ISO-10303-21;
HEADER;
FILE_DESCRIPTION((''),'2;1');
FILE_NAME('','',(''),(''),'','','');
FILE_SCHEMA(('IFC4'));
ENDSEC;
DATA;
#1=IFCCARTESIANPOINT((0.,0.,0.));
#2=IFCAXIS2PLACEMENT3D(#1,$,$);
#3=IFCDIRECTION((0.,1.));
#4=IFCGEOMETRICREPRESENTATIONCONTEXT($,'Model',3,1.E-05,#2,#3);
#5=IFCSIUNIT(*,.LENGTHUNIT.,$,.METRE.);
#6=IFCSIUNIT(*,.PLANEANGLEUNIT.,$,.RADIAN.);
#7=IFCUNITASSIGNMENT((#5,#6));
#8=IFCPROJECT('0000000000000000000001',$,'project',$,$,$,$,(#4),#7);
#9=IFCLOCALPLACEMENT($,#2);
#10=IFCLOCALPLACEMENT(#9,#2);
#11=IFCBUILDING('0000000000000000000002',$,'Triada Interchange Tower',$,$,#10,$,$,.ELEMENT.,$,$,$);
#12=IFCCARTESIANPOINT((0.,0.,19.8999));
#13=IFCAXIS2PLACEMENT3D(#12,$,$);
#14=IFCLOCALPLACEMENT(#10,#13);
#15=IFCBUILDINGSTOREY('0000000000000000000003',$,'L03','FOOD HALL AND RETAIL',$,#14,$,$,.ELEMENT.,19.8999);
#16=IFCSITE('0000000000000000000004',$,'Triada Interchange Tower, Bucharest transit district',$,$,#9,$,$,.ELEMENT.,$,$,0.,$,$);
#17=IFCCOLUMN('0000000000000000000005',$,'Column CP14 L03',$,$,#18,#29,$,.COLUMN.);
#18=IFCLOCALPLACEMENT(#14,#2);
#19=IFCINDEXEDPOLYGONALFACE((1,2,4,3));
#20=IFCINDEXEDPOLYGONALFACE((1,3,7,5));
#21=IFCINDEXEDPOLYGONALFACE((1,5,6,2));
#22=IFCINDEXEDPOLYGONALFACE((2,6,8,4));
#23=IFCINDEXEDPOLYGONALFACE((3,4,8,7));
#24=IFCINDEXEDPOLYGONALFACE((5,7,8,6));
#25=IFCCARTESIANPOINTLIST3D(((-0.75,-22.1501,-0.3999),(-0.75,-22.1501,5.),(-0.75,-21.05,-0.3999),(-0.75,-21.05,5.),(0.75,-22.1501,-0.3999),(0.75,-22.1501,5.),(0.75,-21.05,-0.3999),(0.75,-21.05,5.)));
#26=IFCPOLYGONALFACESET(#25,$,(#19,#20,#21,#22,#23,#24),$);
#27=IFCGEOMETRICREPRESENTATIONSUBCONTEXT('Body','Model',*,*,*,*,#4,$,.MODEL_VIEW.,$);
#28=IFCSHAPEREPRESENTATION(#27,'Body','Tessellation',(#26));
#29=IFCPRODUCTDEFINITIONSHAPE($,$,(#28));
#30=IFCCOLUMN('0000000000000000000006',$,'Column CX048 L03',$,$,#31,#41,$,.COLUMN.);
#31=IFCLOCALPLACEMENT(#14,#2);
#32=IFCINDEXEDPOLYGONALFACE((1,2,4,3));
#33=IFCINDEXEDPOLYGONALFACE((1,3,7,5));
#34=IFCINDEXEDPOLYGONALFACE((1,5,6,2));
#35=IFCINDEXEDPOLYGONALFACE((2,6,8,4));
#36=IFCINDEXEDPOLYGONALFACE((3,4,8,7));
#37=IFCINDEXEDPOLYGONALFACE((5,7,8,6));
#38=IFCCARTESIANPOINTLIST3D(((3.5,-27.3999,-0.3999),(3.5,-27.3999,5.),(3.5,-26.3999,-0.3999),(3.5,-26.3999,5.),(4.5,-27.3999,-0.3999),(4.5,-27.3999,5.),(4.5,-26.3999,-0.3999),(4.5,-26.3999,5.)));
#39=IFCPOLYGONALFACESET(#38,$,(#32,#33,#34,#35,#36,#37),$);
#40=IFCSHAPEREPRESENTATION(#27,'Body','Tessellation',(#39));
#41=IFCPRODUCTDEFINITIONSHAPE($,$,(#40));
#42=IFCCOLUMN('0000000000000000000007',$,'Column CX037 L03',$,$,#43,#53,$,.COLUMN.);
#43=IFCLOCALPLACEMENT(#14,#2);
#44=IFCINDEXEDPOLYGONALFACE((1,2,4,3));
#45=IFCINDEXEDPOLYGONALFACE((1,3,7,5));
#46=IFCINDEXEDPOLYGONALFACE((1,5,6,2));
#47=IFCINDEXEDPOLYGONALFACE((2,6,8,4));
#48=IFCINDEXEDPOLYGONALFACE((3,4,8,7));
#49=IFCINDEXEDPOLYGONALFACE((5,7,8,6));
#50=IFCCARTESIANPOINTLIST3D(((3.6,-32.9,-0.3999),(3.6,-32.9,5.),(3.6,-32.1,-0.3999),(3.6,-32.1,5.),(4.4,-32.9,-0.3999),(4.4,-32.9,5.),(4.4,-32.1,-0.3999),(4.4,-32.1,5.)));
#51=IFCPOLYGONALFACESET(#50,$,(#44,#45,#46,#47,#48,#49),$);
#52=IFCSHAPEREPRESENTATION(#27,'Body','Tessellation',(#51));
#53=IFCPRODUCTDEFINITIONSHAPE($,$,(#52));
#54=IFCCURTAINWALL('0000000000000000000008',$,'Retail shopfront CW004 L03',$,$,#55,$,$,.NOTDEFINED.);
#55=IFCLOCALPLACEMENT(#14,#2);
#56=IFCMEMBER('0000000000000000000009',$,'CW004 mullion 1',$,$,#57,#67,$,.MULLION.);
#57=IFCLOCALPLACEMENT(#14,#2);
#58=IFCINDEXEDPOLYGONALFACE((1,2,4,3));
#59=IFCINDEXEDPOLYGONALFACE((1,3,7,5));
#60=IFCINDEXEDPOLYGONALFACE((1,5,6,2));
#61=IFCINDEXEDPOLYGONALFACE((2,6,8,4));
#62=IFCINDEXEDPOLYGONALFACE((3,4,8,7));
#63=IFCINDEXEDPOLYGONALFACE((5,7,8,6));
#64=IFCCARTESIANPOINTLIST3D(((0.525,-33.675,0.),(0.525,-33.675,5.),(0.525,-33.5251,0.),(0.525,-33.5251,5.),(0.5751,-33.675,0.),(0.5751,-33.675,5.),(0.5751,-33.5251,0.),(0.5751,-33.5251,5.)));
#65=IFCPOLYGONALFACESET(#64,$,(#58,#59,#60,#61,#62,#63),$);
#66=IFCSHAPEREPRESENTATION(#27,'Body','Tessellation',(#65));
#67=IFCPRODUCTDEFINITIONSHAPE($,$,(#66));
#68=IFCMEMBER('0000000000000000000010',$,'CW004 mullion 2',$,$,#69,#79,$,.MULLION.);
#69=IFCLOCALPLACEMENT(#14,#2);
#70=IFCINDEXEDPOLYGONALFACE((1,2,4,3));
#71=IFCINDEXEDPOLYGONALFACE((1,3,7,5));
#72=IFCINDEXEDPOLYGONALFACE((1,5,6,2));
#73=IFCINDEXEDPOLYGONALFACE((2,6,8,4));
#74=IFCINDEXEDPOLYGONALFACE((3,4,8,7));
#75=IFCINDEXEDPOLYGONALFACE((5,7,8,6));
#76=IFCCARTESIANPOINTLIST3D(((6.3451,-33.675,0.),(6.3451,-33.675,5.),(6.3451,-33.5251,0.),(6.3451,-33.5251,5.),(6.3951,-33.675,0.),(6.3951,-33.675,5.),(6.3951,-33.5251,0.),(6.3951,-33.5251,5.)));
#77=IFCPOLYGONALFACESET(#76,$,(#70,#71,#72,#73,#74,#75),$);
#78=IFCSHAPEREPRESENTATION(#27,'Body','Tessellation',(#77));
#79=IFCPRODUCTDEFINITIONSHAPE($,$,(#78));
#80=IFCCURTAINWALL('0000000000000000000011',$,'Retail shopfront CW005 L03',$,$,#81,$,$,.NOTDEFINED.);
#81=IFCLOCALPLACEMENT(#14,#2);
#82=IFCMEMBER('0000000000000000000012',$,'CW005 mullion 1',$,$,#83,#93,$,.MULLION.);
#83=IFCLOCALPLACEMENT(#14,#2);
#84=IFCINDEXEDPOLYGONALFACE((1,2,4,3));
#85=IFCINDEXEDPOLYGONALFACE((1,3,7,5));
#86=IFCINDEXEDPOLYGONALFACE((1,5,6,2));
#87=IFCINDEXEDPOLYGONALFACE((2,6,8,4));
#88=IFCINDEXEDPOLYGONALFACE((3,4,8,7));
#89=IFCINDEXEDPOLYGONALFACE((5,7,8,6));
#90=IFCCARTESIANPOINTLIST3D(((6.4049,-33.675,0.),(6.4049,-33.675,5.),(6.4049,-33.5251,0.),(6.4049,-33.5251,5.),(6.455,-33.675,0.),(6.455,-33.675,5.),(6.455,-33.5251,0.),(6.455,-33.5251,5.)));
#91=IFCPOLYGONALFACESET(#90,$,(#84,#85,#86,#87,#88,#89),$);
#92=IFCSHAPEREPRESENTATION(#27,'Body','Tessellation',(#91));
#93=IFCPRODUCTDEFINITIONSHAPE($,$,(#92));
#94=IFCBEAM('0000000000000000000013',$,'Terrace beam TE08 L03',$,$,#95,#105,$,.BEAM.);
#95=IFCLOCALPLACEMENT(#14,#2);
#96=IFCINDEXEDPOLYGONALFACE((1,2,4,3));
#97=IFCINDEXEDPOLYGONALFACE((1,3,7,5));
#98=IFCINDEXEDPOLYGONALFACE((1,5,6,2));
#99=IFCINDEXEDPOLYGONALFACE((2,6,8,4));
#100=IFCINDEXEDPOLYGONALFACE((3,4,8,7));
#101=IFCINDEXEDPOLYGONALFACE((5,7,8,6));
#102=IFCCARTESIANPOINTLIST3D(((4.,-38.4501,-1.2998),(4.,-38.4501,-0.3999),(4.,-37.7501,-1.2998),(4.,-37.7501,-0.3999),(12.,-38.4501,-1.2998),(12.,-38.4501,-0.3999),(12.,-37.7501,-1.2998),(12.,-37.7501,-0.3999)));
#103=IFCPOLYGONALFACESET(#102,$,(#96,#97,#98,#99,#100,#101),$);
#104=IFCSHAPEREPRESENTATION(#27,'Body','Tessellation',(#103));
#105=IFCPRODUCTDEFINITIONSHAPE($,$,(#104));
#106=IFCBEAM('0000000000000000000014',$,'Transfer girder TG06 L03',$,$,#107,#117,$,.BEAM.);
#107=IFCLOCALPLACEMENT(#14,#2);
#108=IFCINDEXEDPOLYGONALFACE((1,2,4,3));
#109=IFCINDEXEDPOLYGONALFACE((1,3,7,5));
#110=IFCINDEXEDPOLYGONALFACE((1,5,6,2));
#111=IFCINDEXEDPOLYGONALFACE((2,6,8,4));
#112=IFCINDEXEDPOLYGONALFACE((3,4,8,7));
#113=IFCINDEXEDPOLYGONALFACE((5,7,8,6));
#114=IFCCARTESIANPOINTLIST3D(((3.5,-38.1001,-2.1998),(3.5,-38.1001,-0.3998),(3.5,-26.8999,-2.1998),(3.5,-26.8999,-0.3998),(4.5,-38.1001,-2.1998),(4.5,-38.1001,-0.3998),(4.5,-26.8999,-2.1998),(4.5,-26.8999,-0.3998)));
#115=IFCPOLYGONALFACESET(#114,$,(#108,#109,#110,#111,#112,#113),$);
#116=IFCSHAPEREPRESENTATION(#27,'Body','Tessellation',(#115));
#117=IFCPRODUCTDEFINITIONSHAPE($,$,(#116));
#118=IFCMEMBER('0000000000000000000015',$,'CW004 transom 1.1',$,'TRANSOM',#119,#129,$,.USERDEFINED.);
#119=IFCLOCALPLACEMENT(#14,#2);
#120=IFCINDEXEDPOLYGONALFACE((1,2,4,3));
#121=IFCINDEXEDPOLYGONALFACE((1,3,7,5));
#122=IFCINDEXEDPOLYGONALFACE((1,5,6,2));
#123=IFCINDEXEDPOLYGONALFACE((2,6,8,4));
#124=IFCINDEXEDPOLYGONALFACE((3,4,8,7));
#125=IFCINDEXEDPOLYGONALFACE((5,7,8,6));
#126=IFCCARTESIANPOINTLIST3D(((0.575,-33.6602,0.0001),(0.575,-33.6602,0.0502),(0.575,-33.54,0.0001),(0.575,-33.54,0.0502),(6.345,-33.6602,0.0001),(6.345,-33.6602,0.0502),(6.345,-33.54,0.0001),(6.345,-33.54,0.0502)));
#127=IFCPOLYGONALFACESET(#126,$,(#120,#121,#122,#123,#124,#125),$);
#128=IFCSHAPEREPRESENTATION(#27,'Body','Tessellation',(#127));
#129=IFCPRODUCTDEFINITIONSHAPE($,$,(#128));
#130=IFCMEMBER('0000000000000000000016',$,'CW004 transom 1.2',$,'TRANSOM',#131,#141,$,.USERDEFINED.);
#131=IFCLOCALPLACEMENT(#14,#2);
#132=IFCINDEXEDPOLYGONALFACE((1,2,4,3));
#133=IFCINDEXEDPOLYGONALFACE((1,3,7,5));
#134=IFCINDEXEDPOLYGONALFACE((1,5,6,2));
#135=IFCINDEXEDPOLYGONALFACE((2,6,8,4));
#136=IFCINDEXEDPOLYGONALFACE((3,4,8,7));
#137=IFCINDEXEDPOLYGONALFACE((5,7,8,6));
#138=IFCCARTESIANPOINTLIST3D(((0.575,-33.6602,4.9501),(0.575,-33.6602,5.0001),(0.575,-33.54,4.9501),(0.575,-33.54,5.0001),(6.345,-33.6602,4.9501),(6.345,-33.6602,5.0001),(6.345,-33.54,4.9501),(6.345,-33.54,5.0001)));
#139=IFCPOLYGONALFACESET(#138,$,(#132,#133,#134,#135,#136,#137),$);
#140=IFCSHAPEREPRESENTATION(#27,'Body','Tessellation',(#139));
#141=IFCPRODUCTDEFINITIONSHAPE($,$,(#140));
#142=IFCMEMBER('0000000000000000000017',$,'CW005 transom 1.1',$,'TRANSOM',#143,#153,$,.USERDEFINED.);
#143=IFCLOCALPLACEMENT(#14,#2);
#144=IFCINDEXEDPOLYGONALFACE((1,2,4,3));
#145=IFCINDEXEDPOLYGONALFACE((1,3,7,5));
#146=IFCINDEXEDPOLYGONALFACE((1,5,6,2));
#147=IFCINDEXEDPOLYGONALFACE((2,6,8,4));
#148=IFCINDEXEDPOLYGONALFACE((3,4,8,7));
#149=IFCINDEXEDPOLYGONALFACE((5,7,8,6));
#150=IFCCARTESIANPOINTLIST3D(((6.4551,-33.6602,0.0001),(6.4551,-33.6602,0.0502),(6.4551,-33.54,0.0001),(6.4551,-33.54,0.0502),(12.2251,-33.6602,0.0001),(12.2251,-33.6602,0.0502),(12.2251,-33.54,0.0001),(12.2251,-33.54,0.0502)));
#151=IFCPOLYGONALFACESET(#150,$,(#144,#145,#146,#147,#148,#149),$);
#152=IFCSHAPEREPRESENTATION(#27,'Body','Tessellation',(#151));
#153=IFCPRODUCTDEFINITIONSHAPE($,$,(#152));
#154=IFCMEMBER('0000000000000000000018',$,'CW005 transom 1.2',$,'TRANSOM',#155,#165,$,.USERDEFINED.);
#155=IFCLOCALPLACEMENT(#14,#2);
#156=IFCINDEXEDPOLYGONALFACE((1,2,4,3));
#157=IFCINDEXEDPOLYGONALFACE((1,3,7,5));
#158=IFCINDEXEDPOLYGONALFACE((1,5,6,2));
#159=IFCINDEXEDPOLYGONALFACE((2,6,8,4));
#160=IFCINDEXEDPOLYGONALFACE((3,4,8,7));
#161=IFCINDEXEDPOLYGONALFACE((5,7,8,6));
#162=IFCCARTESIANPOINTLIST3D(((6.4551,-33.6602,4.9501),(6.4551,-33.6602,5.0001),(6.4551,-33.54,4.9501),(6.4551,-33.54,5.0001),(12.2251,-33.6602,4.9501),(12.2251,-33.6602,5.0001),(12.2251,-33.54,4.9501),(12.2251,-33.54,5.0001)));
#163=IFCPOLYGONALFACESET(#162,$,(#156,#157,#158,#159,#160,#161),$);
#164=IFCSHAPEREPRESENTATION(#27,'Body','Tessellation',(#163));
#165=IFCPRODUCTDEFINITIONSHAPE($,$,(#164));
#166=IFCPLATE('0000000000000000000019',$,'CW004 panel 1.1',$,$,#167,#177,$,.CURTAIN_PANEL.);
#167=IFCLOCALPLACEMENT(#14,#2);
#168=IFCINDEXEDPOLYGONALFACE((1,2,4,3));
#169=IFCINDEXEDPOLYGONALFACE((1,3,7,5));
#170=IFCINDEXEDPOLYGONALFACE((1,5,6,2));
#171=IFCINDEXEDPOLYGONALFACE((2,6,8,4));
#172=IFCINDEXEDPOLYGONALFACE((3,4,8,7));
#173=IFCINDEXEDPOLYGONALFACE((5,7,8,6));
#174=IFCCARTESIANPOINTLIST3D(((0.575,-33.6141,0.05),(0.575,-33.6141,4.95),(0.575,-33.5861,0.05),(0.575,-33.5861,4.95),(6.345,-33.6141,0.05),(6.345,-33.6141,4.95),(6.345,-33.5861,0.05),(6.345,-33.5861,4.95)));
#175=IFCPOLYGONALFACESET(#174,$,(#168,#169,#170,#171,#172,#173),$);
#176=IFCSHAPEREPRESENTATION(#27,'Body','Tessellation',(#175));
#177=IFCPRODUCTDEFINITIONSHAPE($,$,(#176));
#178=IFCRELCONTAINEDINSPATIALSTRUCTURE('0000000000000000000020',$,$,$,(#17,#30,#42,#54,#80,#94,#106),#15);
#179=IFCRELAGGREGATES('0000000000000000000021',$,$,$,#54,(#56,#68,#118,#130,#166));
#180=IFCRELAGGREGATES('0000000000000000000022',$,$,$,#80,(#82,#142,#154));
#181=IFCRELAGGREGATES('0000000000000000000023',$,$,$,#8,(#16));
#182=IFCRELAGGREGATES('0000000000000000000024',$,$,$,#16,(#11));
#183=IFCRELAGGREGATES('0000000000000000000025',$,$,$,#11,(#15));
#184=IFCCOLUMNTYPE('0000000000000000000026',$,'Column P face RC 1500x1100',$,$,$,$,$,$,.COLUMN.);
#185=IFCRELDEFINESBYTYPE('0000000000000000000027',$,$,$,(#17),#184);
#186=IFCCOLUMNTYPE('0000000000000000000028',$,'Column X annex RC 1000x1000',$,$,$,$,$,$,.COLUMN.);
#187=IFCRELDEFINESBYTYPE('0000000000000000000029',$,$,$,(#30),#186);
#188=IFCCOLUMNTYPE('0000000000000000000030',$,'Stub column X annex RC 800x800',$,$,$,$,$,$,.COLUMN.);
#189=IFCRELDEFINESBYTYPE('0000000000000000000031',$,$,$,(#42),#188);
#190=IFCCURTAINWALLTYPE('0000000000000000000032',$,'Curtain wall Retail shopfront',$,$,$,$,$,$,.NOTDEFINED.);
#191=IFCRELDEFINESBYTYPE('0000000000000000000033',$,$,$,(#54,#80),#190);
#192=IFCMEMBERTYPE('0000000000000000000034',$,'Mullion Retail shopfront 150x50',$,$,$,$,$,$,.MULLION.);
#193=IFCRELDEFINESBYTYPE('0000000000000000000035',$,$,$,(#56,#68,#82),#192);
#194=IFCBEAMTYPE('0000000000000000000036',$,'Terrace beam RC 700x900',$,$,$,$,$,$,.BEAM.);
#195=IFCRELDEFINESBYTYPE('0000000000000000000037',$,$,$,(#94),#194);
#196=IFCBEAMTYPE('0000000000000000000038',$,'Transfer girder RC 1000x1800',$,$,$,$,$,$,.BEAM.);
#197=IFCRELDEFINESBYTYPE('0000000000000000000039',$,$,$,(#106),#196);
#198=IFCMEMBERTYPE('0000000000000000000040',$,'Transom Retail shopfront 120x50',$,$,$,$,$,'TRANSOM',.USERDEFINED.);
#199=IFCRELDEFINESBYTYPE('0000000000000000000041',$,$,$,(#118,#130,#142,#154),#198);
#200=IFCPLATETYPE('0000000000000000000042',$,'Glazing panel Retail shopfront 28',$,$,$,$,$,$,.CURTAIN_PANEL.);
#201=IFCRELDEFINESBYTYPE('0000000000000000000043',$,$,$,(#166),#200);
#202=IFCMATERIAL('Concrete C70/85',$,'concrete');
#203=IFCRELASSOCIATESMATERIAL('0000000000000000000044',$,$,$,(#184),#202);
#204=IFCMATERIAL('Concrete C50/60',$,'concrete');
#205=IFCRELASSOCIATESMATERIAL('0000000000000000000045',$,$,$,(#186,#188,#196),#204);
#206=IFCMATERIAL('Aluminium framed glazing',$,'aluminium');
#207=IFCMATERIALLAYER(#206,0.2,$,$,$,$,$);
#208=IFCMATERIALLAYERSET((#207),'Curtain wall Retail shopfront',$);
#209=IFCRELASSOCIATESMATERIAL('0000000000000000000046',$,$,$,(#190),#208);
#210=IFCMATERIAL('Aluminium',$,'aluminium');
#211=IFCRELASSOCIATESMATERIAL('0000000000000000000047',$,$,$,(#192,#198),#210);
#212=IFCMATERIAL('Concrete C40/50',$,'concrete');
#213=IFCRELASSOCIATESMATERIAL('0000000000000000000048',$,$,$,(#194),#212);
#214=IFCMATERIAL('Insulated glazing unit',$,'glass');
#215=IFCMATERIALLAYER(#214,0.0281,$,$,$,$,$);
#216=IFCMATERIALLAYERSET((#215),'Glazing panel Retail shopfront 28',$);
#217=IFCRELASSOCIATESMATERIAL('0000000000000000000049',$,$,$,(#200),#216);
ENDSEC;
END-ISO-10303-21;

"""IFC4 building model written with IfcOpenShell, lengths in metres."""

from ifc_helpers import new_model, si_unit, direction, frame, origin, origin_2d, place, context, subcontext, project, spatial, rectangle, extrude, material, layer, layer_set, material_profile, profile_set, type_object, element, aggregate, save


model = new_model("IFC4")

# Units and contexts
model_context = context("Model", 3, precision=1e-05, world=origin(), true_north=direction((0.0, 1.0)))
body_context = subcontext(model_context, "Body", "Model", "MODEL_VIEW")
ifc_project = project(units=[si_unit("LENGTHUNIT", "METRE"), si_unit("PLANEANGLEUNIT", "RADIAN")], contexts=[model_context])

# Site, building, storey
site_placement = place(None, origin())
site = spatial("IfcSite", under=ifc_project, at=site_placement, Name="Triada Interchange Tower, Bucharest transit district", CompositionType="ELEMENT", RefElevation=0.0)
building_placement = place(site_placement, origin())
building = spatial("IfcBuilding", under=site, at=building_placement, Name="Triada Interchange Tower", CompositionType="ELEMENT")
storey_placement = place(building_placement, frame((0.0, 0.0, 19.8999)))
storey = spatial("IfcBuildingStorey", under=building, at=storey_placement, Name="L03", Description="FOOD HALL AND RETAIL", CompositionType="ELEMENT", Elevation=19.8999)

# Columns
ifc_material_1 = material(Name="Concrete C70/85", Category="concrete")
ifc_material_profile_1 = material_profile(ifc_material_1, rectangle(XDim=1.5, YDim=1.1001, at=origin_2d()), Name="RC 1500x1100")
ifc_profile_set_1 = profile_set([ifc_material_profile_1], Name="Concrete C70/85")
column_type_1 = type_object("IfcColumnType", Name="Column P face RC 1500x1100", PredefinedType="COLUMN", material=ifc_profile_set_1)
column_1_placement = place(storey_placement, frame((0.0, -21.6001, -0.3999), z_axis=(0.0, 0.0, 1.0), x_axis=(1.0, 0.0, 0.0)))
element("IfcColumn", 1, at=column_1_placement, inside=storey, type_object=column_type_1, Name="Column CP14 L03", PredefinedType="COLUMN", context=body_context, shape_type="SweptSolid", body=[
    extrude(rectangle(XDim=1.5, YDim=1.1001, at=origin_2d()), origin(), (0.0, 0.0, 1.0), 5.3999),
])
ifc_material_2 = material(Name="Concrete C50/60", Category="concrete")
ifc_material_profile_2 = material_profile(ifc_material_2, rectangle(XDim=1.0, YDim=1.0, at=origin_2d()), Name="RC 1000x1000")
ifc_profile_set_2 = profile_set([ifc_material_profile_2], Name="Concrete C50/60")
column_type_2 = type_object("IfcColumnType", Name="Column X annex RC 1000x1000", PredefinedType="COLUMN", material=ifc_profile_set_2)
column_2_placement = place(storey_placement, frame((4.0, -26.8999, -0.3999), z_axis=(0.0, 0.0, 1.0), x_axis=(1.0, 0.0, 0.0)))
element("IfcColumn", 2, at=column_2_placement, inside=storey, type_object=column_type_2, Name="Column CX048 L03", PredefinedType="COLUMN", context=body_context, shape_type="SweptSolid", body=[
    extrude(rectangle(XDim=1.0, YDim=1.0, at=origin_2d()), origin(), (0.0, 0.0, 1.0), 5.3999),
])
ifc_material_profile_3 = material_profile(ifc_material_2, rectangle(XDim=0.8, YDim=0.8, at=origin_2d()), Name="RC 800x800")
ifc_profile_set_3 = profile_set([ifc_material_profile_3], Name="Concrete C50/60")
column_type_3 = type_object("IfcColumnType", Name="Stub column X annex RC 800x800", PredefinedType="COLUMN", material=ifc_profile_set_3)
column_3_placement = place(storey_placement, frame((4.0, -32.5, -0.3999), z_axis=(0.0, 0.0, 1.0), x_axis=(1.0, 0.0, 0.0)))
element("IfcColumn", 3, at=column_3_placement, inside=storey, type_object=column_type_3, Name="Column CX037 L03", PredefinedType="COLUMN", context=body_context, shape_type="SweptSolid", body=[
    extrude(rectangle(XDim=0.8, YDim=0.8, at=origin_2d()), origin(), (0.0, 0.0, 1.0), 5.3999),
])

# Curtain wall, members
ifc_material_3 = material(Name="Aluminium framed glazing", Category="aluminium")
ifc_layer_1 = layer(ifc_material_3, 0.2)
ifc_layer_set_1 = layer_set([ifc_layer_1], Name="Curtain wall Retail shopfront")
curtain_wall_type = type_object("IfcCurtainWallType", Name="Curtain wall Retail shopfront", PredefinedType="NOTDEFINED", material=ifc_layer_set_1)
curtain_wall_1_placement = place(storey_placement, origin())
curtain_wall_1 = element("IfcCurtainWall", 4, at=curtain_wall_1_placement, inside=storey, type_object=curtain_wall_type, Name="Retail shopfront CW004 L03", PredefinedType="NOTDEFINED")
ifc_material_4 = material(Name="Aluminium", Category="aluminium")
ifc_material_profile_4 = material_profile(ifc_material_4, rectangle(XDim=0.1499, YDim=0.05, at=origin_2d()), Name="Aluminium mullion")
ifc_profile_set_4 = profile_set([ifc_material_profile_4], Name="Aluminium")
member_type_1 = type_object("IfcMemberType", Name="Mullion Retail shopfront 150x50", PredefinedType="MULLION", material=ifc_profile_set_4)
member_1_placement = place(storey_placement, frame((0.55, -33.6001, 0.0), z_axis=(0.0, 0.0, 1.0), x_axis=(0.0, 1.0, 0.0)))
member_1 = element("IfcMember", 5, at=member_1_placement, type_object=member_type_1, Name="CW004 mullion 1", PredefinedType="MULLION", context=body_context, shape_type="SweptSolid", body=[
    extrude(rectangle(XDim=0.1499, YDim=0.05, at=origin_2d()), origin(), (0.0, 0.0, 1.0), 5.0),
])
member_2_placement = place(storey_placement, frame((6.3701, -33.6001, 0.0), z_axis=(0.0, 0.0, 1.0), x_axis=(0.0, 1.0, 0.0)))
member_2 = element("IfcMember", 6, at=member_2_placement, type_object=member_type_1, Name="CW004 mullion 2", PredefinedType="MULLION", context=body_context, shape_type="SweptSolid", body=[
    extrude(rectangle(XDim=0.1499, YDim=0.05, at=origin_2d()), origin(), (0.0, 0.0, 1.0), 5.0),
])

# Curtain wall, member
curtain_wall_2_placement = place(storey_placement, origin())
curtain_wall_2 = element("IfcCurtainWall", 7, at=curtain_wall_2_placement, inside=storey, type_object=curtain_wall_type, Name="Retail shopfront CW005 L03", PredefinedType="NOTDEFINED")
member_3_placement = place(storey_placement, frame((6.4299, -33.6001, 0.0), z_axis=(0.0, 0.0, 1.0), x_axis=(0.0, 1.0, 0.0)))
member_3 = element("IfcMember", 8, at=member_3_placement, type_object=member_type_1, Name="CW005 mullion 1", PredefinedType="MULLION", context=body_context, shape_type="SweptSolid", body=[
    extrude(rectangle(XDim=0.1499, YDim=0.05, at=origin_2d()), origin(), (0.0, 0.0, 1.0), 5.0),
])

# Beams
ifc_material_5 = material(Name="Concrete C40/50", Category="concrete")
ifc_material_profile_5 = material_profile(ifc_material_5, rectangle(XDim=0.7, YDim=0.8999, at=origin_2d()), Name="RC 700x900")
ifc_profile_set_5 = profile_set([ifc_material_profile_5], Name="Concrete C40/50")
beam_type_1 = type_object("IfcBeamType", Name="Terrace beam RC 700x900", PredefinedType="BEAM", material=ifc_profile_set_5)
beam_1_placement = place(storey_placement, frame((4.0, -38.1001, -0.8499), z_axis=(1.0, 0.0, 0.0), x_axis=(0.0, 1.0, 0.0)))
element("IfcBeam", 9, at=beam_1_placement, inside=storey, type_object=beam_type_1, Name="Terrace beam TE08 L03", PredefinedType="BEAM", context=body_context, shape_type="SweptSolid", body=[
    extrude(rectangle(XDim=0.7, YDim=0.8999, at=origin_2d()), origin(), (0.0, 0.0, 1.0), 8.0),
])
ifc_material_profile_6 = material_profile(ifc_material_2, rectangle(XDim=1.0, YDim=1.8, at=origin_2d()), Name="RC 1000x1800")
ifc_profile_set_6 = profile_set([ifc_material_profile_6], Name="Concrete C50/60")
beam_type_2 = type_object("IfcBeamType", Name="Transfer girder RC 1000x1800", PredefinedType="BEAM", material=ifc_profile_set_6)
beam_2_placement = place(storey_placement, frame((4.0, -38.1001, -1.2998), z_axis=(0.0, 1.0, 0.0), x_axis=(-1.0, 0.0, 0.0)))
element("IfcBeam", 10, at=beam_2_placement, inside=storey, type_object=beam_type_2, Name="Transfer girder TG06 L03", PredefinedType="BEAM", context=body_context, shape_type="SweptSolid", body=[
    extrude(rectangle(XDim=1.0, YDim=1.8, at=origin_2d()), origin(), (0.0, 0.0, 1.0), 11.2002),
])

# Members
ifc_material_profile_7 = material_profile(ifc_material_4, rectangle(XDim=0.1201, YDim=0.05, at=origin_2d()), Name="Aluminium transom")
ifc_profile_set_7 = profile_set([ifc_material_profile_7], Name="Aluminium")
member_type_2 = type_object("IfcMemberType", Name="Transom Retail shopfront 120x50", ElementType="TRANSOM", PredefinedType="USERDEFINED", material=ifc_profile_set_7)
member_4_placement = place(storey_placement, frame((0.575, -33.6001, 0.0251), z_axis=(1.0, 0.0, 0.0), x_axis=(0.0, 1.0, 0.0)))
member_4 = element("IfcMember", 11, at=member_4_placement, type_object=member_type_2, Name="CW004 transom 1.1", ObjectType="TRANSOM", PredefinedType="USERDEFINED", context=body_context, shape_type="SweptSolid", body=[
    extrude(rectangle(XDim=0.1201, YDim=0.05, at=origin_2d()), origin(), (0.0, 0.0, 1.0), 5.77),
])
member_5_placement = place(storey_placement, frame((0.575, -33.6001, 4.9751), z_axis=(1.0, 0.0, 0.0), x_axis=(0.0, 1.0, 0.0)))
member_5 = element("IfcMember", 12, at=member_5_placement, type_object=member_type_2, Name="CW004 transom 1.2", ObjectType="TRANSOM", PredefinedType="USERDEFINED", context=body_context, shape_type="SweptSolid", body=[
    extrude(rectangle(XDim=0.1201, YDim=0.05, at=origin_2d()), origin(), (0.0, 0.0, 1.0), 5.77),
])
member_6_placement = place(storey_placement, frame((6.4551, -33.6001, 0.0251), z_axis=(1.0, 0.0, 0.0), x_axis=(0.0, 1.0, 0.0)))
member_6 = element("IfcMember", 13, at=member_6_placement, type_object=member_type_2, Name="CW005 transom 1.1", ObjectType="TRANSOM", PredefinedType="USERDEFINED", context=body_context, shape_type="SweptSolid", body=[
    extrude(rectangle(XDim=0.1201, YDim=0.05, at=origin_2d()), origin(), (0.0, 0.0, 1.0), 5.77),
])
member_7_placement = place(storey_placement, frame((6.4551, -33.6001, 4.9751), z_axis=(1.0, 0.0, 0.0), x_axis=(0.0, 1.0, 0.0)))
member_7 = element("IfcMember", 14, at=member_7_placement, type_object=member_type_2, Name="CW005 transom 1.2", ObjectType="TRANSOM", PredefinedType="USERDEFINED", context=body_context, shape_type="SweptSolid", body=[
    extrude(rectangle(XDim=0.1201, YDim=0.05, at=origin_2d()), origin(), (0.0, 0.0, 1.0), 5.77),
])

# Plate
ifc_material_6 = material(Name="Insulated glazing unit", Category="glass")
ifc_layer_2 = layer(ifc_material_6, 0.0281)
ifc_layer_set_2 = layer_set([ifc_layer_2], Name="Glazing panel Retail shopfront 28")
plate_type = type_object("IfcPlateType", Name="Glazing panel Retail shopfront 28", PredefinedType="CURTAIN_PANEL", material=ifc_layer_set_2)
plate_1_placement = place(storey_placement, frame((3.46, -33.6001, 0.05), z_axis=(0.0, 0.0, 1.0), x_axis=(1.0, 0.0, 0.0)))
plate_1 = element("IfcPlate", 15, at=plate_1_placement, type_object=plate_type, Name="CW004 panel 1.1", PredefinedType="CURTAIN_PANEL", context=body_context, shape_type="SweptSolid", body=[
    extrude(rectangle(XDim=5.77, YDim=0.0281, at=origin_2d()), origin(), (0.0, 0.0, 1.0), 4.8999),
])
aggregate(curtain_wall_1, [member_1, member_2, member_4, member_5, plate_1])
aggregate(curtain_wall_2, [member_3, member_6, member_7])

save(model, "model.ifc")
